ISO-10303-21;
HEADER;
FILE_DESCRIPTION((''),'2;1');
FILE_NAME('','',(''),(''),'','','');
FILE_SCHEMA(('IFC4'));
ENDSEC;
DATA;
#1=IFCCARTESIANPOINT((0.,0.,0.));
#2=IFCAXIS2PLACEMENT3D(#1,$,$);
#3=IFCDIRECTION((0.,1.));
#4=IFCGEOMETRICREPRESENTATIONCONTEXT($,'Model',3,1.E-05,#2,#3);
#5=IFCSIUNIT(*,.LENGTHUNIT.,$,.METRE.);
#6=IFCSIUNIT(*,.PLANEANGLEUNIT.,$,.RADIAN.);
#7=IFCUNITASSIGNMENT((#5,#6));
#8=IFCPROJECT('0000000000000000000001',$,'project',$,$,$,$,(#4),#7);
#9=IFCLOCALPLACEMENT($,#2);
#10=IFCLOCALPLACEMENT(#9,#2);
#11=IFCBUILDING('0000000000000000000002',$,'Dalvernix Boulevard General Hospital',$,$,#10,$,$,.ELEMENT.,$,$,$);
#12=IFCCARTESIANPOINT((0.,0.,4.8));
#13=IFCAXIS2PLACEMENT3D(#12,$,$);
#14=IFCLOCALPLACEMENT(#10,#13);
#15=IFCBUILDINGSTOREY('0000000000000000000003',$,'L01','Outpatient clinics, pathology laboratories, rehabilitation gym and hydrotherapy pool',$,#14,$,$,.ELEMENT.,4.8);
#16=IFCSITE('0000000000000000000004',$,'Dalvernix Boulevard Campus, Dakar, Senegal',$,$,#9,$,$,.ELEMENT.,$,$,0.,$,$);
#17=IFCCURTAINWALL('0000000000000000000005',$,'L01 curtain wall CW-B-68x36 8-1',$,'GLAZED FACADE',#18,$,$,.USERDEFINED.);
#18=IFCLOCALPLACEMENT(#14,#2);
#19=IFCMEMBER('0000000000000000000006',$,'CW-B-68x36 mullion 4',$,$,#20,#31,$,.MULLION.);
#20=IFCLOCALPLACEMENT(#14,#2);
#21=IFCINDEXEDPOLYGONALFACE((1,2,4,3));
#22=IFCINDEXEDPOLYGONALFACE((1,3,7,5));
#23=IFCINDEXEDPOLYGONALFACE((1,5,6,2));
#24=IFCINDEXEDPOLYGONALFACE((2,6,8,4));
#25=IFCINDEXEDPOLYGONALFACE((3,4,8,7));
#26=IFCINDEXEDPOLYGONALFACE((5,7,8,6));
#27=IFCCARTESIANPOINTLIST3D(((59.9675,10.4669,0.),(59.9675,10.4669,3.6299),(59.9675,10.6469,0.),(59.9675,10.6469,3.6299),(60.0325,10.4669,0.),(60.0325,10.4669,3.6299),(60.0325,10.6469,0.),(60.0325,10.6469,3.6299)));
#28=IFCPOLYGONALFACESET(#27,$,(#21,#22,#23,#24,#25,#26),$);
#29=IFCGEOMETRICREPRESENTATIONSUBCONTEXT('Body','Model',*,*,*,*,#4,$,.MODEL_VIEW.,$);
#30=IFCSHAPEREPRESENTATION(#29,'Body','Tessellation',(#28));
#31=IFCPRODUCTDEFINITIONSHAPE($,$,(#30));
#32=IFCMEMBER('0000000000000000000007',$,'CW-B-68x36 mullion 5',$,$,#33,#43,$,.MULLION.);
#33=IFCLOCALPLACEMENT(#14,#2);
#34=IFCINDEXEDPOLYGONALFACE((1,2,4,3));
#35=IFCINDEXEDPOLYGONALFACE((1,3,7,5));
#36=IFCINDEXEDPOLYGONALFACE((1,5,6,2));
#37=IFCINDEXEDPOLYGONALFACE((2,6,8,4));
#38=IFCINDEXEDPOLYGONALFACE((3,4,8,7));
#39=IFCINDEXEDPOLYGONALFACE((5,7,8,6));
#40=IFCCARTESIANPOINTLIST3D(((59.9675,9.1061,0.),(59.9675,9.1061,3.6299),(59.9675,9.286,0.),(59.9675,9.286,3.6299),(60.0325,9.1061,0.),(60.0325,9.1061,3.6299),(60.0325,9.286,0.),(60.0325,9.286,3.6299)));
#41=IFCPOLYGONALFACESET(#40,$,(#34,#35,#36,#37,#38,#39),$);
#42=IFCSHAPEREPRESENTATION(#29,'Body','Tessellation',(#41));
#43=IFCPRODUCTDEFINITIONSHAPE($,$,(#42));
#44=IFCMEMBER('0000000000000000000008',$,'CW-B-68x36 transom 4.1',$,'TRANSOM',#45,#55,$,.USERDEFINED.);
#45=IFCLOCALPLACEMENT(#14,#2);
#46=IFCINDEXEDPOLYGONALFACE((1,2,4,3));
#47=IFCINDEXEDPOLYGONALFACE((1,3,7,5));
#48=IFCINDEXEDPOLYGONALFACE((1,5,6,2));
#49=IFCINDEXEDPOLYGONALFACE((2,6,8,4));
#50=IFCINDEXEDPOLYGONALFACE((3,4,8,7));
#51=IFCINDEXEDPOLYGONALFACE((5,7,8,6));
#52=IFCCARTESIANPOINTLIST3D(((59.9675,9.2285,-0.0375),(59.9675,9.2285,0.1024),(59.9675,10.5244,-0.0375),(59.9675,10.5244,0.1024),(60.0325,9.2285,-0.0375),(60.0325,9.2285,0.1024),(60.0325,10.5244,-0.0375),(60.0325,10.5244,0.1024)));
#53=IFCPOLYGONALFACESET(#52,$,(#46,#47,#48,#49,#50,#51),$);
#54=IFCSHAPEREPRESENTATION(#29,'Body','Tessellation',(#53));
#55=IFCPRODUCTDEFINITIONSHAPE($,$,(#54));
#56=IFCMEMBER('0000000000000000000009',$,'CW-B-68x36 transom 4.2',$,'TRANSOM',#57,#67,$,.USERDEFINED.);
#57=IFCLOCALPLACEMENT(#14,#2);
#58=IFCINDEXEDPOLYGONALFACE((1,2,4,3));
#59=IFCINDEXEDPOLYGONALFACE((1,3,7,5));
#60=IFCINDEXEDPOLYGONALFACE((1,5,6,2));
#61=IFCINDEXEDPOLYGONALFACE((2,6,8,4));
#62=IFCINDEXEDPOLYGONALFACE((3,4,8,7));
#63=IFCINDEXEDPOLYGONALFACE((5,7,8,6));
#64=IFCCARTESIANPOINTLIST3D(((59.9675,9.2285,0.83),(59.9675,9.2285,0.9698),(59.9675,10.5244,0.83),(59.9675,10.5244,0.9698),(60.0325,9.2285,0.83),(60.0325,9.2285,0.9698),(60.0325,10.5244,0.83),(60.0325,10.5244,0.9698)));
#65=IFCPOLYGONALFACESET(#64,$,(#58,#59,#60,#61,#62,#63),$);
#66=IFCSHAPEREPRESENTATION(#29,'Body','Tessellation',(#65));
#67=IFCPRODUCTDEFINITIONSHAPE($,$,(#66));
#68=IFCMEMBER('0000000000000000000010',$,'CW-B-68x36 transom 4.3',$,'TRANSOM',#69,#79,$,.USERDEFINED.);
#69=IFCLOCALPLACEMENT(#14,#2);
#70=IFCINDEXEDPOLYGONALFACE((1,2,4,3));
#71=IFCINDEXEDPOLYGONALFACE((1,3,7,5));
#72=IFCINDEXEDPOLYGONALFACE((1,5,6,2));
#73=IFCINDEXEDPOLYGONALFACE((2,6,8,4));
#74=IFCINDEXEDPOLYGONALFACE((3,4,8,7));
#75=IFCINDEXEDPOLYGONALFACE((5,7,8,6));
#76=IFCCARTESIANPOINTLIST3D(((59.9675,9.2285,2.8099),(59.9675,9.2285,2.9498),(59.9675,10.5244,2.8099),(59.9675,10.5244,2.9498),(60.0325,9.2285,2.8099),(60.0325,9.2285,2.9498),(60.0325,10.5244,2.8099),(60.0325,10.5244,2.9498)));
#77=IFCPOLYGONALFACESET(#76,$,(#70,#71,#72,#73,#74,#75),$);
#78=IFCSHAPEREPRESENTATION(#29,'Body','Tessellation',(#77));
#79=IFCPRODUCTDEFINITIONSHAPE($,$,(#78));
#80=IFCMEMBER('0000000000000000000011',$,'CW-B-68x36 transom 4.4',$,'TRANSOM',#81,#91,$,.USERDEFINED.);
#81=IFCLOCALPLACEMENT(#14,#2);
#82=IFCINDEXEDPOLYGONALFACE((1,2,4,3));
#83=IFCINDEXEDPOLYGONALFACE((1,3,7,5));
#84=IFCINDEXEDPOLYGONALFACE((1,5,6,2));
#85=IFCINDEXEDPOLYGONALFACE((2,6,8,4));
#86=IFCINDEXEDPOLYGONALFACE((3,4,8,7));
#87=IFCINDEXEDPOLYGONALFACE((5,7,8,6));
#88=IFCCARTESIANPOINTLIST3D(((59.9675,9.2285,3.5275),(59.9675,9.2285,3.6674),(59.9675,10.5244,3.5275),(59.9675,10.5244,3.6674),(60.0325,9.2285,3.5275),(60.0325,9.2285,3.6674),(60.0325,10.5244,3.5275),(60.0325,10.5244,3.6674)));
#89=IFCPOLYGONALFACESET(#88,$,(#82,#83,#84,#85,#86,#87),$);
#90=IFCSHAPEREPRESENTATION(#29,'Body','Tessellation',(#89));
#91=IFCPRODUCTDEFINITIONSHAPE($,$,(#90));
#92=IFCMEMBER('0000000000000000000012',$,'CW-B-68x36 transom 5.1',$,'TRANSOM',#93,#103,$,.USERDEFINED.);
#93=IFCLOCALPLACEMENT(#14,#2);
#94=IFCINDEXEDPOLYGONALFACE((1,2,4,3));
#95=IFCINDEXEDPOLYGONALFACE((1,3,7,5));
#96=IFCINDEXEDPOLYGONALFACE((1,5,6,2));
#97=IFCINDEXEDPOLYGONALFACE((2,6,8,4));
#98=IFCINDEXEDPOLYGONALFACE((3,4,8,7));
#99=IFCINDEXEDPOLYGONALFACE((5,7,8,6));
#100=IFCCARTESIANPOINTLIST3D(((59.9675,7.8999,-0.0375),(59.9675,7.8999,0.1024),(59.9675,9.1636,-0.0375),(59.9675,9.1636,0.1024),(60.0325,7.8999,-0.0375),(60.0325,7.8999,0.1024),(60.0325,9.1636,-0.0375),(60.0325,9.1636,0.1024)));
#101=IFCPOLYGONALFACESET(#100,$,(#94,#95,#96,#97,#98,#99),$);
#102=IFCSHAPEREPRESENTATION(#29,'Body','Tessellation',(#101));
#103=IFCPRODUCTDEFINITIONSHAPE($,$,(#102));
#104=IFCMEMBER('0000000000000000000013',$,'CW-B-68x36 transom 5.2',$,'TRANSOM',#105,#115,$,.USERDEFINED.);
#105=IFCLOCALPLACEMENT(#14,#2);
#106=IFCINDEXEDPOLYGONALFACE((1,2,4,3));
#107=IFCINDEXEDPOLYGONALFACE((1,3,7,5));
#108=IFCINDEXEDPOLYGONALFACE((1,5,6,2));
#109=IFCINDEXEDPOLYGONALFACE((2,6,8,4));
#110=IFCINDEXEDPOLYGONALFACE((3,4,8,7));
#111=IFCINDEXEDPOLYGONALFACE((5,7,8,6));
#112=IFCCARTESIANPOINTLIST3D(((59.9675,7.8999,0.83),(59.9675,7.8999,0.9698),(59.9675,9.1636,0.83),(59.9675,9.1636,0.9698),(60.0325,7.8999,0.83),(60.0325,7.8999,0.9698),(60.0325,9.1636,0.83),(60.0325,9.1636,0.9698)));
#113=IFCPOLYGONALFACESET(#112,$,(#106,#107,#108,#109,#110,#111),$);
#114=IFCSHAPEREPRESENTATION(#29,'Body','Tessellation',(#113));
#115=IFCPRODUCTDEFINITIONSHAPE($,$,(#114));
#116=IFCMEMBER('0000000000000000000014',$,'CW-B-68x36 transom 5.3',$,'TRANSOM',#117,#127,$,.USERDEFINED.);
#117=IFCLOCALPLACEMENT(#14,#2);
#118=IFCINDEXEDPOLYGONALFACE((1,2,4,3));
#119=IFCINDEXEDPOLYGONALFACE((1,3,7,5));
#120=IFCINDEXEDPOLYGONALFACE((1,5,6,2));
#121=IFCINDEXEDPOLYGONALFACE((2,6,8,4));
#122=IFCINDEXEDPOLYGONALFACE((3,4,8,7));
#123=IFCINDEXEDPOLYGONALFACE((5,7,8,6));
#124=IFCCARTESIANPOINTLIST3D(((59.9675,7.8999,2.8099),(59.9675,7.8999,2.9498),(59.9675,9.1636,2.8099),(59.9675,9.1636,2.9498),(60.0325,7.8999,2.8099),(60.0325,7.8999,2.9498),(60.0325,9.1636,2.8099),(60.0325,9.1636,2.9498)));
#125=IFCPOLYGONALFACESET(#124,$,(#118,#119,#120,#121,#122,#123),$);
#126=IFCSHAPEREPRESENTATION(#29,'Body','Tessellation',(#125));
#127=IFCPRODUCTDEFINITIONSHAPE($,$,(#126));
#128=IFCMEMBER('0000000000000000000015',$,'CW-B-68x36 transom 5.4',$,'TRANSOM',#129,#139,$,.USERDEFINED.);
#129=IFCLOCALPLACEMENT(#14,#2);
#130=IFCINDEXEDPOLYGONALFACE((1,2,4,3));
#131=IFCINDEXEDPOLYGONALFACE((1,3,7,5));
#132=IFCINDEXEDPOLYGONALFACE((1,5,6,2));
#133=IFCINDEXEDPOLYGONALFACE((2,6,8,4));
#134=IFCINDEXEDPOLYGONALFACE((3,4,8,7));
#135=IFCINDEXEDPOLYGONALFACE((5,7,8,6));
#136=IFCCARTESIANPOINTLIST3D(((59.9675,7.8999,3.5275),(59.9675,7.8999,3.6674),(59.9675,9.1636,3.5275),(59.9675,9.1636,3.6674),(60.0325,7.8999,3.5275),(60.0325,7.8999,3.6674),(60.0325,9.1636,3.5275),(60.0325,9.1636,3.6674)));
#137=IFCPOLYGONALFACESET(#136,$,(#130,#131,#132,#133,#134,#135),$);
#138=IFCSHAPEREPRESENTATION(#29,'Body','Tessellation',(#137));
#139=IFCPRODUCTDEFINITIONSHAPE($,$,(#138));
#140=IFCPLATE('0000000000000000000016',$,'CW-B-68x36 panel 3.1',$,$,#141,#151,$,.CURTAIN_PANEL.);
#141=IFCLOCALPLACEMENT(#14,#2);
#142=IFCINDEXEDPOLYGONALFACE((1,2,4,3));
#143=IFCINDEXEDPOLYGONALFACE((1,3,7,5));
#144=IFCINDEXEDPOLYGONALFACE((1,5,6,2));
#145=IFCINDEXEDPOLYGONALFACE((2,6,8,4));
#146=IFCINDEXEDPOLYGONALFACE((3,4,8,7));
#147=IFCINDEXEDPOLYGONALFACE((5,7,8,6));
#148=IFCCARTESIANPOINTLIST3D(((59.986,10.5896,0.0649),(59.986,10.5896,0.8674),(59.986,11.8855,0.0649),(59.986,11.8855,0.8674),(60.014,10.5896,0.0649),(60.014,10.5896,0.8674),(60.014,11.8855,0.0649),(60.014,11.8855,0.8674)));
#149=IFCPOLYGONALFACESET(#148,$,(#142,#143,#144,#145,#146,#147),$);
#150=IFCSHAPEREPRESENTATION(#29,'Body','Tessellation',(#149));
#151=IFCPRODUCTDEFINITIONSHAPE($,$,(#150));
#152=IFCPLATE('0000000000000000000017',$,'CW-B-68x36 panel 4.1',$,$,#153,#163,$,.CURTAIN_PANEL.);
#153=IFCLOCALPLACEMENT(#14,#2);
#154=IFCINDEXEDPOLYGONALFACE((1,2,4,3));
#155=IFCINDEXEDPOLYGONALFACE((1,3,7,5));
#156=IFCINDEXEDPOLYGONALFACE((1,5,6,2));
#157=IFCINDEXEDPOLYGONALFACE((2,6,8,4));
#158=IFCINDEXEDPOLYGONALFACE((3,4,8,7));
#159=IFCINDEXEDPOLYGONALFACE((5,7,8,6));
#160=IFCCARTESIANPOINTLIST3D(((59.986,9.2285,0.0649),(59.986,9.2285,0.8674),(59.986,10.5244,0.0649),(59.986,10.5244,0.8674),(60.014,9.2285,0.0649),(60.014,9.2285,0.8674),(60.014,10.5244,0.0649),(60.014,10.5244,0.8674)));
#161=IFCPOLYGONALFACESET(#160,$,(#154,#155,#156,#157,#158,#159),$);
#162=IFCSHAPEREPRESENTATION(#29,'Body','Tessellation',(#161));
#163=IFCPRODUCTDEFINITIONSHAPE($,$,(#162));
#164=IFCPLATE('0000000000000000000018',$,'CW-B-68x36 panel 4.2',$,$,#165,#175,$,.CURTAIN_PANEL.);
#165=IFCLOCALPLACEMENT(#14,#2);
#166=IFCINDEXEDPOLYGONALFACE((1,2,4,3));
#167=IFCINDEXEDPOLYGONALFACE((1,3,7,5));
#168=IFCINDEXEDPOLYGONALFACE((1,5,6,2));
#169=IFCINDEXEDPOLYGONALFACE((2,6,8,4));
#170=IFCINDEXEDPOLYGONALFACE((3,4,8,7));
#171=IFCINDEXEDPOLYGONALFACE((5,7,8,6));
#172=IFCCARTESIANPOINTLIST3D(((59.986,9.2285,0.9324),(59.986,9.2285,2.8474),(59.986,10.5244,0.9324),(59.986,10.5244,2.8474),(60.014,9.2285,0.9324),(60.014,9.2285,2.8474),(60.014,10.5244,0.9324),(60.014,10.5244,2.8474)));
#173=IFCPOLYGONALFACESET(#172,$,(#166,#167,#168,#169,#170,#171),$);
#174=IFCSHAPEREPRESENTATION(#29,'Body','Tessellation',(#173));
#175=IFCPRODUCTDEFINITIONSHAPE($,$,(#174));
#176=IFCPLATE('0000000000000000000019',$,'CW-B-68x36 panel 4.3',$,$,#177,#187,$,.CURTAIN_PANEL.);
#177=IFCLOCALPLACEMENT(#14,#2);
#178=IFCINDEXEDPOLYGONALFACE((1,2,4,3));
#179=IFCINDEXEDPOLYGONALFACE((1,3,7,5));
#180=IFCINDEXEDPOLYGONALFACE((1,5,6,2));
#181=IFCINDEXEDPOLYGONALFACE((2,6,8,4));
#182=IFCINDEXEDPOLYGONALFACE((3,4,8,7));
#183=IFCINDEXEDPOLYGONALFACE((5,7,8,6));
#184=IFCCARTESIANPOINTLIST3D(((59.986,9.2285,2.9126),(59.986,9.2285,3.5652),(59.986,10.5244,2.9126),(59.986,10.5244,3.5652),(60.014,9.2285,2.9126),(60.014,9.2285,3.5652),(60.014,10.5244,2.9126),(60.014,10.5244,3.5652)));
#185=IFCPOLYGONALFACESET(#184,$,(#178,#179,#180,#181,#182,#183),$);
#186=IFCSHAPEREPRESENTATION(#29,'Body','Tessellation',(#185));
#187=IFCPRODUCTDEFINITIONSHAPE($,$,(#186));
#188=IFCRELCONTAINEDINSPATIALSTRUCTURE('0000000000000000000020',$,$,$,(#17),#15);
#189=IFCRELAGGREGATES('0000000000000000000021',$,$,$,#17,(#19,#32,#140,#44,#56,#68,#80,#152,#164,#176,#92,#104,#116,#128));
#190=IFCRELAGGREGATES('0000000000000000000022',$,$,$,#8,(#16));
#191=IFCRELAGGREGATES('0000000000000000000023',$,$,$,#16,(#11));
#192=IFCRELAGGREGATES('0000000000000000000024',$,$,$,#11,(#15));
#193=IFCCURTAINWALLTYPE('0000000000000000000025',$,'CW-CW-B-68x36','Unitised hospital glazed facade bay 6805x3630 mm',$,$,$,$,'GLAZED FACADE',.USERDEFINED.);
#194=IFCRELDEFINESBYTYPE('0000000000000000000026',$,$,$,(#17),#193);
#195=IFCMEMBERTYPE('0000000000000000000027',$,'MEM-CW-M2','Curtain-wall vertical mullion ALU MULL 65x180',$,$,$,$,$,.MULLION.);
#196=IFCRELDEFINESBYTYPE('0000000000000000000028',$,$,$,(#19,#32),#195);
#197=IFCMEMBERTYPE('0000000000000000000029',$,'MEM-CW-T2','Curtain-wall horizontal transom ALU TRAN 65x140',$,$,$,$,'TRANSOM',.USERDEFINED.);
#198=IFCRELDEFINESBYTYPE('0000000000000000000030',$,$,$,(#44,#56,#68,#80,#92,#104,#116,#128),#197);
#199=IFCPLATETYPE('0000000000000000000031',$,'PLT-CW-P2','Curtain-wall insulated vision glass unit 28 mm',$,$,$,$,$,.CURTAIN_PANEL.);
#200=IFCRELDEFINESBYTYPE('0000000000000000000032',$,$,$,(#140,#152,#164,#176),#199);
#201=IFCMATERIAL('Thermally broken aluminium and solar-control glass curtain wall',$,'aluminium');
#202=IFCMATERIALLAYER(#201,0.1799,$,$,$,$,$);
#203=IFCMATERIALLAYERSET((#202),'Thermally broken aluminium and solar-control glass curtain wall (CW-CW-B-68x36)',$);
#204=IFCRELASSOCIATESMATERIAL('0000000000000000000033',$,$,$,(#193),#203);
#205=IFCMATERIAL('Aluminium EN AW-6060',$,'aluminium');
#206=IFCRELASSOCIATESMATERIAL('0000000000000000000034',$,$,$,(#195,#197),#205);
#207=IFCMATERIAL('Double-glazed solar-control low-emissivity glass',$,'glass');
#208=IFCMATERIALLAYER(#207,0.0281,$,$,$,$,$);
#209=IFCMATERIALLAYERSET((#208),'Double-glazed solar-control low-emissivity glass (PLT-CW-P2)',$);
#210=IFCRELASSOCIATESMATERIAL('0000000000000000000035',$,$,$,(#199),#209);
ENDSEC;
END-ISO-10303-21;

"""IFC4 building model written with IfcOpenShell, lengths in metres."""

from ifc_helpers import new_model, si_unit, direction, frame, origin, origin_2d, place, context, subcontext, project, spatial, rectangle, extrude, material, layer, layer_set, material_profile, profile_set, type_object, element, aggregate, save


model = new_model("IFC4")

# Units and contexts
model_context = context("Model", 3, precision=1e-05, world=origin(), true_north=direction((0.0, 1.0)))
body_context = subcontext(model_context, "Body", "Model", "MODEL_VIEW")
ifc_project = project(units=[si_unit("LENGTHUNIT", "METRE"), si_unit("PLANEANGLEUNIT", "RADIAN")], contexts=[model_context])

# Site, building, storey
site_placement = place(None, origin())
site = spatial("IfcSite", under=ifc_project, at=site_placement, Name="Dalvernix Boulevard Campus, Dakar, Senegal", CompositionType="ELEMENT", RefElevation=0.0)
building_placement = place(site_placement, origin())
building = spatial("IfcBuilding", under=site, at=building_placement, Name="Dalvernix Boulevard General Hospital", CompositionType="ELEMENT")
storey_placement = place(building_placement, frame((0.0, 0.0, 4.8)))
storey = spatial("IfcBuildingStorey", under=building, at=storey_placement, Name="L01", Description="Outpatient clinics, pathology laboratories, rehabilitation gym and hydrotherapy pool", CompositionType="ELEMENT", Elevation=4.8)

# Curtain wall, members, plates
ifc_material_1 = material(Name="Thermally broken aluminium and solar-control glass curtain wall", Category="aluminium")
ifc_layer_1 = layer(ifc_material_1, 0.1799)
ifc_layer_set_1 = layer_set([ifc_layer_1], Name="Thermally broken aluminium and solar-control glass curtain wall (CW-CW-B-68x36)")
curtain_wall_type = type_object("IfcCurtainWallType", Name="CW-CW-B-68x36", Description="Unitised hospital glazed facade bay 6805x3630 mm", ElementType="GLAZED FACADE", PredefinedType="USERDEFINED", material=ifc_layer_set_1)
curtain_wall_placement = place(storey_placement, origin())
curtain_wall = element("IfcCurtainWall", 1, at=curtain_wall_placement, inside=storey, type_object=curtain_wall_type, Name="L01 curtain wall CW-B-68x36 8-1", ObjectType="GLAZED FACADE", PredefinedType="USERDEFINED")
ifc_material_2 = material(Name="Aluminium EN AW-6060", Category="aluminium")
ifc_material_profile_1 = material_profile(ifc_material_2, rectangle(XDim=0.0649, YDim=0.1799, at=origin_2d()), Name="ALU MULL 65x180")
ifc_profile_set_1 = profile_set([ifc_material_profile_1], Name="Aluminium EN AW-6060")
member_type_1 = type_object("IfcMemberType", Name="MEM-CW-M2", Description="Curtain-wall vertical mullion ALU MULL 65x180", PredefinedType="MULLION", material=ifc_profile_set_1)
member_1_placement = place(storey_placement, frame((60.0, 10.5569, 0.0), z_axis=(0.0, 0.0, 1.0), x_axis=(1.0, 0.0, 0.0)))
member_1 = element("IfcMember", 2, at=member_1_placement, type_object=member_type_1, Name="CW-B-68x36 mullion 4", PredefinedType="MULLION", context=body_context, shape_type="SweptSolid", body=[
    extrude(rectangle(XDim=0.0649, YDim=0.1799, at=origin_2d()), origin(), (0.0, 0.0, 1.0), 3.6299),
])
member_2_placement = place(storey_placement, frame((60.0, 9.196, 0.0), z_axis=(0.0, 0.0, 1.0), x_axis=(1.0, 0.0, 0.0)))
member_2 = element("IfcMember", 3, at=member_2_placement, type_object=member_type_1, Name="CW-B-68x36 mullion 5", PredefinedType="MULLION", context=body_context, shape_type="SweptSolid", body=[
    extrude(rectangle(XDim=0.0649, YDim=0.1799, at=origin_2d()), origin(), (0.0, 0.0, 1.0), 3.6299),
])
ifc_material_profile_2 = material_profile(ifc_material_2, rectangle(XDim=0.0649, YDim=0.1399, at=origin_2d()), Name="ALU TRAN 65x140")
ifc_profile_set_2 = profile_set([ifc_material_profile_2], Name="Aluminium EN AW-6060")
member_type_2 = type_object("IfcMemberType", Name="MEM-CW-T2", Description="Curtain-wall horizontal transom ALU TRAN 65x140", ElementType="TRANSOM", PredefinedType="USERDEFINED", material=ifc_profile_set_2)
member_3_placement = place(storey_placement, frame((60.0, 10.5244, 0.0325), z_axis=(0.0, -1.0, 0.0), x_axis=(1.0, 0.0, 0.0)))
member_3 = element("IfcMember", 4, at=member_3_placement, type_object=member_type_2, Name="CW-B-68x36 transom 4.1", ObjectType="TRANSOM", PredefinedType="USERDEFINED", context=body_context, shape_type="SweptSolid", body=[
    extrude(rectangle(XDim=0.0649, YDim=0.1399, at=origin_2d()), origin(), (0.0, 0.0, 1.0), 1.2959),
])
member_4_placement = place(storey_placement, frame((60.0, 10.5244, 0.8999), z_axis=(0.0, -1.0, 0.0), x_axis=(1.0, 0.0, 0.0)))
member_4 = element("IfcMember", 5, at=member_4_placement, type_object=member_type_2, Name="CW-B-68x36 transom 4.2", ObjectType="TRANSOM", PredefinedType="USERDEFINED", context=body_context, shape_type="SweptSolid", body=[
    extrude(rectangle(XDim=0.0649, YDim=0.1399, at=origin_2d()), origin(), (0.0, 0.0, 1.0), 1.2959),
])
member_5_placement = place(storey_placement, frame((60.0, 10.5244, 2.8799), z_axis=(0.0, -1.0, 0.0), x_axis=(1.0, 0.0, 0.0)))
member_5 = element("IfcMember", 6, at=member_5_placement, type_object=member_type_2, Name="CW-B-68x36 transom 4.3", ObjectType="TRANSOM", PredefinedType="USERDEFINED", context=body_context, shape_type="SweptSolid", body=[
    extrude(rectangle(XDim=0.0649, YDim=0.1399, at=origin_2d()), origin(), (0.0, 0.0, 1.0), 1.2959),
])
member_6_placement = place(storey_placement, frame((60.0, 10.5244, 3.5974), z_axis=(0.0, -1.0, 0.0), x_axis=(1.0, 0.0, 0.0)))
member_6 = element("IfcMember", 7, at=member_6_placement, type_object=member_type_2, Name="CW-B-68x36 transom 4.4", ObjectType="TRANSOM", PredefinedType="USERDEFINED", context=body_context, shape_type="SweptSolid", body=[
    extrude(rectangle(XDim=0.0649, YDim=0.1399, at=origin_2d()), origin(), (0.0, 0.0, 1.0), 1.2959),
])
member_7_placement = place(storey_placement, frame((60.0, 9.1636, 0.0325), z_axis=(0.0, -1.0, 0.0), x_axis=(1.0, 0.0, 0.0)))
member_7 = element("IfcMember", 8, at=member_7_placement, type_object=member_type_2, Name="CW-B-68x36 transom 5.1", ObjectType="TRANSOM", PredefinedType="USERDEFINED", context=body_context, shape_type="SweptSolid", body=[
    extrude(rectangle(XDim=0.0649, YDim=0.1399, at=origin_2d()), origin(), (0.0, 0.0, 1.0), 1.2637),
])
member_8_placement = place(storey_placement, frame((60.0, 9.1636, 0.8999), z_axis=(0.0, -1.0, 0.0), x_axis=(1.0, 0.0, 0.0)))
member_8 = element("IfcMember", 9, at=member_8_placement, type_object=member_type_2, Name="CW-B-68x36 transom 5.2", ObjectType="TRANSOM", PredefinedType="USERDEFINED", context=body_context, shape_type="SweptSolid", body=[
    extrude(rectangle(XDim=0.0649, YDim=0.1399, at=origin_2d()), origin(), (0.0, 0.0, 1.0), 1.2637),
])
member_9_placement = place(storey_placement, frame((60.0, 9.1636, 2.8799), z_axis=(0.0, -1.0, 0.0), x_axis=(1.0, 0.0, 0.0)))
member_9 = element("IfcMember", 10, at=member_9_placement, type_object=member_type_2, Name="CW-B-68x36 transom 5.3", ObjectType="TRANSOM", PredefinedType="USERDEFINED", context=body_context, shape_type="SweptSolid", body=[
    extrude(rectangle(XDim=0.0649, YDim=0.1399, at=origin_2d()), origin(), (0.0, 0.0, 1.0), 1.2637),
])
member_10_placement = place(storey_placement, frame((60.0, 9.1636, 3.5974), z_axis=(0.0, -1.0, 0.0), x_axis=(1.0, 0.0, 0.0)))
member_10 = element("IfcMember", 11, at=member_10_placement, type_object=member_type_2, Name="CW-B-68x36 transom 5.4", ObjectType="TRANSOM", PredefinedType="USERDEFINED", context=body_context, shape_type="SweptSolid", body=[
    extrude(rectangle(XDim=0.0649, YDim=0.1399, at=origin_2d()), origin(), (0.0, 0.0, 1.0), 1.2637),
])
ifc_material_3 = material(Name="Double-glazed solar-control low-emissivity glass", Category="glass")
ifc_layer_2 = layer(ifc_material_3, 0.0281)
ifc_layer_set_2 = layer_set([ifc_layer_2], Name="Double-glazed solar-control low-emissivity glass (PLT-CW-P2)")
plate_type = type_object("IfcPlateType", Name="PLT-CW-P2", Description="Curtain-wall insulated vision glass unit 28 mm", PredefinedType="CURTAIN_PANEL", material=ifc_layer_set_2)
plate_1_placement = place(storey_placement, frame((60.0, 11.2375, 0.0649), z_axis=(0.0, 0.0, 1.0), x_axis=(0.0, -1.0, 0.0)))
plate_1 = element("IfcPlate", 12, at=plate_1_placement, type_object=plate_type, Name="CW-B-68x36 panel 3.1", PredefinedType="CURTAIN_PANEL", context=body_context, shape_type="SweptSolid", body=[
    extrude(rectangle(XDim=1.2959, YDim=0.0281, at=origin_2d()), origin(), (0.0, 0.0, 1.0), 0.8025),
])
plate_2_placement = place(storey_placement, frame((60.0, 9.8765, 0.0649), z_axis=(0.0, 0.0, 1.0), x_axis=(0.0, -1.0, 0.0)))
plate_2 = element("IfcPlate", 13, at=plate_2_placement, type_object=plate_type, Name="CW-B-68x36 panel 4.1", PredefinedType="CURTAIN_PANEL", context=body_context, shape_type="SweptSolid", body=[
    extrude(rectangle(XDim=1.2959, YDim=0.0281, at=origin_2d()), origin(), (0.0, 0.0, 1.0), 0.8025),
])
plate_3_placement = place(storey_placement, frame((60.0, 9.8765, 0.9324), z_axis=(0.0, 0.0, 1.0), x_axis=(0.0, -1.0, 0.0)))
plate_3 = element("IfcPlate", 14, at=plate_3_placement, type_object=plate_type, Name="CW-B-68x36 panel 4.2", PredefinedType="CURTAIN_PANEL", context=body_context, shape_type="SweptSolid", body=[
    extrude(rectangle(XDim=1.2959, YDim=0.0281, at=origin_2d()), origin(), (0.0, 0.0, 1.0), 1.915),
])
plate_4_placement = place(storey_placement, frame((60.0, 9.8765, 2.9126), z_axis=(0.0, 0.0, 1.0), x_axis=(0.0, -1.0, 0.0)))
plate_4 = element("IfcPlate", 15, at=plate_4_placement, type_object=plate_type, Name="CW-B-68x36 panel 4.3", PredefinedType="CURTAIN_PANEL", context=body_context, shape_type="SweptSolid", body=[
    extrude(rectangle(XDim=1.2959, YDim=0.0281, at=origin_2d()), origin(), (0.0, 0.0, 1.0), 0.6526),
])
aggregate(curtain_wall, [member_1, member_2, plate_1, member_3, member_4, member_5, member_6, plate_2, plate_3, plate_4, member_7, member_8, member_9, member_10])

save(model, "model.ifc")
